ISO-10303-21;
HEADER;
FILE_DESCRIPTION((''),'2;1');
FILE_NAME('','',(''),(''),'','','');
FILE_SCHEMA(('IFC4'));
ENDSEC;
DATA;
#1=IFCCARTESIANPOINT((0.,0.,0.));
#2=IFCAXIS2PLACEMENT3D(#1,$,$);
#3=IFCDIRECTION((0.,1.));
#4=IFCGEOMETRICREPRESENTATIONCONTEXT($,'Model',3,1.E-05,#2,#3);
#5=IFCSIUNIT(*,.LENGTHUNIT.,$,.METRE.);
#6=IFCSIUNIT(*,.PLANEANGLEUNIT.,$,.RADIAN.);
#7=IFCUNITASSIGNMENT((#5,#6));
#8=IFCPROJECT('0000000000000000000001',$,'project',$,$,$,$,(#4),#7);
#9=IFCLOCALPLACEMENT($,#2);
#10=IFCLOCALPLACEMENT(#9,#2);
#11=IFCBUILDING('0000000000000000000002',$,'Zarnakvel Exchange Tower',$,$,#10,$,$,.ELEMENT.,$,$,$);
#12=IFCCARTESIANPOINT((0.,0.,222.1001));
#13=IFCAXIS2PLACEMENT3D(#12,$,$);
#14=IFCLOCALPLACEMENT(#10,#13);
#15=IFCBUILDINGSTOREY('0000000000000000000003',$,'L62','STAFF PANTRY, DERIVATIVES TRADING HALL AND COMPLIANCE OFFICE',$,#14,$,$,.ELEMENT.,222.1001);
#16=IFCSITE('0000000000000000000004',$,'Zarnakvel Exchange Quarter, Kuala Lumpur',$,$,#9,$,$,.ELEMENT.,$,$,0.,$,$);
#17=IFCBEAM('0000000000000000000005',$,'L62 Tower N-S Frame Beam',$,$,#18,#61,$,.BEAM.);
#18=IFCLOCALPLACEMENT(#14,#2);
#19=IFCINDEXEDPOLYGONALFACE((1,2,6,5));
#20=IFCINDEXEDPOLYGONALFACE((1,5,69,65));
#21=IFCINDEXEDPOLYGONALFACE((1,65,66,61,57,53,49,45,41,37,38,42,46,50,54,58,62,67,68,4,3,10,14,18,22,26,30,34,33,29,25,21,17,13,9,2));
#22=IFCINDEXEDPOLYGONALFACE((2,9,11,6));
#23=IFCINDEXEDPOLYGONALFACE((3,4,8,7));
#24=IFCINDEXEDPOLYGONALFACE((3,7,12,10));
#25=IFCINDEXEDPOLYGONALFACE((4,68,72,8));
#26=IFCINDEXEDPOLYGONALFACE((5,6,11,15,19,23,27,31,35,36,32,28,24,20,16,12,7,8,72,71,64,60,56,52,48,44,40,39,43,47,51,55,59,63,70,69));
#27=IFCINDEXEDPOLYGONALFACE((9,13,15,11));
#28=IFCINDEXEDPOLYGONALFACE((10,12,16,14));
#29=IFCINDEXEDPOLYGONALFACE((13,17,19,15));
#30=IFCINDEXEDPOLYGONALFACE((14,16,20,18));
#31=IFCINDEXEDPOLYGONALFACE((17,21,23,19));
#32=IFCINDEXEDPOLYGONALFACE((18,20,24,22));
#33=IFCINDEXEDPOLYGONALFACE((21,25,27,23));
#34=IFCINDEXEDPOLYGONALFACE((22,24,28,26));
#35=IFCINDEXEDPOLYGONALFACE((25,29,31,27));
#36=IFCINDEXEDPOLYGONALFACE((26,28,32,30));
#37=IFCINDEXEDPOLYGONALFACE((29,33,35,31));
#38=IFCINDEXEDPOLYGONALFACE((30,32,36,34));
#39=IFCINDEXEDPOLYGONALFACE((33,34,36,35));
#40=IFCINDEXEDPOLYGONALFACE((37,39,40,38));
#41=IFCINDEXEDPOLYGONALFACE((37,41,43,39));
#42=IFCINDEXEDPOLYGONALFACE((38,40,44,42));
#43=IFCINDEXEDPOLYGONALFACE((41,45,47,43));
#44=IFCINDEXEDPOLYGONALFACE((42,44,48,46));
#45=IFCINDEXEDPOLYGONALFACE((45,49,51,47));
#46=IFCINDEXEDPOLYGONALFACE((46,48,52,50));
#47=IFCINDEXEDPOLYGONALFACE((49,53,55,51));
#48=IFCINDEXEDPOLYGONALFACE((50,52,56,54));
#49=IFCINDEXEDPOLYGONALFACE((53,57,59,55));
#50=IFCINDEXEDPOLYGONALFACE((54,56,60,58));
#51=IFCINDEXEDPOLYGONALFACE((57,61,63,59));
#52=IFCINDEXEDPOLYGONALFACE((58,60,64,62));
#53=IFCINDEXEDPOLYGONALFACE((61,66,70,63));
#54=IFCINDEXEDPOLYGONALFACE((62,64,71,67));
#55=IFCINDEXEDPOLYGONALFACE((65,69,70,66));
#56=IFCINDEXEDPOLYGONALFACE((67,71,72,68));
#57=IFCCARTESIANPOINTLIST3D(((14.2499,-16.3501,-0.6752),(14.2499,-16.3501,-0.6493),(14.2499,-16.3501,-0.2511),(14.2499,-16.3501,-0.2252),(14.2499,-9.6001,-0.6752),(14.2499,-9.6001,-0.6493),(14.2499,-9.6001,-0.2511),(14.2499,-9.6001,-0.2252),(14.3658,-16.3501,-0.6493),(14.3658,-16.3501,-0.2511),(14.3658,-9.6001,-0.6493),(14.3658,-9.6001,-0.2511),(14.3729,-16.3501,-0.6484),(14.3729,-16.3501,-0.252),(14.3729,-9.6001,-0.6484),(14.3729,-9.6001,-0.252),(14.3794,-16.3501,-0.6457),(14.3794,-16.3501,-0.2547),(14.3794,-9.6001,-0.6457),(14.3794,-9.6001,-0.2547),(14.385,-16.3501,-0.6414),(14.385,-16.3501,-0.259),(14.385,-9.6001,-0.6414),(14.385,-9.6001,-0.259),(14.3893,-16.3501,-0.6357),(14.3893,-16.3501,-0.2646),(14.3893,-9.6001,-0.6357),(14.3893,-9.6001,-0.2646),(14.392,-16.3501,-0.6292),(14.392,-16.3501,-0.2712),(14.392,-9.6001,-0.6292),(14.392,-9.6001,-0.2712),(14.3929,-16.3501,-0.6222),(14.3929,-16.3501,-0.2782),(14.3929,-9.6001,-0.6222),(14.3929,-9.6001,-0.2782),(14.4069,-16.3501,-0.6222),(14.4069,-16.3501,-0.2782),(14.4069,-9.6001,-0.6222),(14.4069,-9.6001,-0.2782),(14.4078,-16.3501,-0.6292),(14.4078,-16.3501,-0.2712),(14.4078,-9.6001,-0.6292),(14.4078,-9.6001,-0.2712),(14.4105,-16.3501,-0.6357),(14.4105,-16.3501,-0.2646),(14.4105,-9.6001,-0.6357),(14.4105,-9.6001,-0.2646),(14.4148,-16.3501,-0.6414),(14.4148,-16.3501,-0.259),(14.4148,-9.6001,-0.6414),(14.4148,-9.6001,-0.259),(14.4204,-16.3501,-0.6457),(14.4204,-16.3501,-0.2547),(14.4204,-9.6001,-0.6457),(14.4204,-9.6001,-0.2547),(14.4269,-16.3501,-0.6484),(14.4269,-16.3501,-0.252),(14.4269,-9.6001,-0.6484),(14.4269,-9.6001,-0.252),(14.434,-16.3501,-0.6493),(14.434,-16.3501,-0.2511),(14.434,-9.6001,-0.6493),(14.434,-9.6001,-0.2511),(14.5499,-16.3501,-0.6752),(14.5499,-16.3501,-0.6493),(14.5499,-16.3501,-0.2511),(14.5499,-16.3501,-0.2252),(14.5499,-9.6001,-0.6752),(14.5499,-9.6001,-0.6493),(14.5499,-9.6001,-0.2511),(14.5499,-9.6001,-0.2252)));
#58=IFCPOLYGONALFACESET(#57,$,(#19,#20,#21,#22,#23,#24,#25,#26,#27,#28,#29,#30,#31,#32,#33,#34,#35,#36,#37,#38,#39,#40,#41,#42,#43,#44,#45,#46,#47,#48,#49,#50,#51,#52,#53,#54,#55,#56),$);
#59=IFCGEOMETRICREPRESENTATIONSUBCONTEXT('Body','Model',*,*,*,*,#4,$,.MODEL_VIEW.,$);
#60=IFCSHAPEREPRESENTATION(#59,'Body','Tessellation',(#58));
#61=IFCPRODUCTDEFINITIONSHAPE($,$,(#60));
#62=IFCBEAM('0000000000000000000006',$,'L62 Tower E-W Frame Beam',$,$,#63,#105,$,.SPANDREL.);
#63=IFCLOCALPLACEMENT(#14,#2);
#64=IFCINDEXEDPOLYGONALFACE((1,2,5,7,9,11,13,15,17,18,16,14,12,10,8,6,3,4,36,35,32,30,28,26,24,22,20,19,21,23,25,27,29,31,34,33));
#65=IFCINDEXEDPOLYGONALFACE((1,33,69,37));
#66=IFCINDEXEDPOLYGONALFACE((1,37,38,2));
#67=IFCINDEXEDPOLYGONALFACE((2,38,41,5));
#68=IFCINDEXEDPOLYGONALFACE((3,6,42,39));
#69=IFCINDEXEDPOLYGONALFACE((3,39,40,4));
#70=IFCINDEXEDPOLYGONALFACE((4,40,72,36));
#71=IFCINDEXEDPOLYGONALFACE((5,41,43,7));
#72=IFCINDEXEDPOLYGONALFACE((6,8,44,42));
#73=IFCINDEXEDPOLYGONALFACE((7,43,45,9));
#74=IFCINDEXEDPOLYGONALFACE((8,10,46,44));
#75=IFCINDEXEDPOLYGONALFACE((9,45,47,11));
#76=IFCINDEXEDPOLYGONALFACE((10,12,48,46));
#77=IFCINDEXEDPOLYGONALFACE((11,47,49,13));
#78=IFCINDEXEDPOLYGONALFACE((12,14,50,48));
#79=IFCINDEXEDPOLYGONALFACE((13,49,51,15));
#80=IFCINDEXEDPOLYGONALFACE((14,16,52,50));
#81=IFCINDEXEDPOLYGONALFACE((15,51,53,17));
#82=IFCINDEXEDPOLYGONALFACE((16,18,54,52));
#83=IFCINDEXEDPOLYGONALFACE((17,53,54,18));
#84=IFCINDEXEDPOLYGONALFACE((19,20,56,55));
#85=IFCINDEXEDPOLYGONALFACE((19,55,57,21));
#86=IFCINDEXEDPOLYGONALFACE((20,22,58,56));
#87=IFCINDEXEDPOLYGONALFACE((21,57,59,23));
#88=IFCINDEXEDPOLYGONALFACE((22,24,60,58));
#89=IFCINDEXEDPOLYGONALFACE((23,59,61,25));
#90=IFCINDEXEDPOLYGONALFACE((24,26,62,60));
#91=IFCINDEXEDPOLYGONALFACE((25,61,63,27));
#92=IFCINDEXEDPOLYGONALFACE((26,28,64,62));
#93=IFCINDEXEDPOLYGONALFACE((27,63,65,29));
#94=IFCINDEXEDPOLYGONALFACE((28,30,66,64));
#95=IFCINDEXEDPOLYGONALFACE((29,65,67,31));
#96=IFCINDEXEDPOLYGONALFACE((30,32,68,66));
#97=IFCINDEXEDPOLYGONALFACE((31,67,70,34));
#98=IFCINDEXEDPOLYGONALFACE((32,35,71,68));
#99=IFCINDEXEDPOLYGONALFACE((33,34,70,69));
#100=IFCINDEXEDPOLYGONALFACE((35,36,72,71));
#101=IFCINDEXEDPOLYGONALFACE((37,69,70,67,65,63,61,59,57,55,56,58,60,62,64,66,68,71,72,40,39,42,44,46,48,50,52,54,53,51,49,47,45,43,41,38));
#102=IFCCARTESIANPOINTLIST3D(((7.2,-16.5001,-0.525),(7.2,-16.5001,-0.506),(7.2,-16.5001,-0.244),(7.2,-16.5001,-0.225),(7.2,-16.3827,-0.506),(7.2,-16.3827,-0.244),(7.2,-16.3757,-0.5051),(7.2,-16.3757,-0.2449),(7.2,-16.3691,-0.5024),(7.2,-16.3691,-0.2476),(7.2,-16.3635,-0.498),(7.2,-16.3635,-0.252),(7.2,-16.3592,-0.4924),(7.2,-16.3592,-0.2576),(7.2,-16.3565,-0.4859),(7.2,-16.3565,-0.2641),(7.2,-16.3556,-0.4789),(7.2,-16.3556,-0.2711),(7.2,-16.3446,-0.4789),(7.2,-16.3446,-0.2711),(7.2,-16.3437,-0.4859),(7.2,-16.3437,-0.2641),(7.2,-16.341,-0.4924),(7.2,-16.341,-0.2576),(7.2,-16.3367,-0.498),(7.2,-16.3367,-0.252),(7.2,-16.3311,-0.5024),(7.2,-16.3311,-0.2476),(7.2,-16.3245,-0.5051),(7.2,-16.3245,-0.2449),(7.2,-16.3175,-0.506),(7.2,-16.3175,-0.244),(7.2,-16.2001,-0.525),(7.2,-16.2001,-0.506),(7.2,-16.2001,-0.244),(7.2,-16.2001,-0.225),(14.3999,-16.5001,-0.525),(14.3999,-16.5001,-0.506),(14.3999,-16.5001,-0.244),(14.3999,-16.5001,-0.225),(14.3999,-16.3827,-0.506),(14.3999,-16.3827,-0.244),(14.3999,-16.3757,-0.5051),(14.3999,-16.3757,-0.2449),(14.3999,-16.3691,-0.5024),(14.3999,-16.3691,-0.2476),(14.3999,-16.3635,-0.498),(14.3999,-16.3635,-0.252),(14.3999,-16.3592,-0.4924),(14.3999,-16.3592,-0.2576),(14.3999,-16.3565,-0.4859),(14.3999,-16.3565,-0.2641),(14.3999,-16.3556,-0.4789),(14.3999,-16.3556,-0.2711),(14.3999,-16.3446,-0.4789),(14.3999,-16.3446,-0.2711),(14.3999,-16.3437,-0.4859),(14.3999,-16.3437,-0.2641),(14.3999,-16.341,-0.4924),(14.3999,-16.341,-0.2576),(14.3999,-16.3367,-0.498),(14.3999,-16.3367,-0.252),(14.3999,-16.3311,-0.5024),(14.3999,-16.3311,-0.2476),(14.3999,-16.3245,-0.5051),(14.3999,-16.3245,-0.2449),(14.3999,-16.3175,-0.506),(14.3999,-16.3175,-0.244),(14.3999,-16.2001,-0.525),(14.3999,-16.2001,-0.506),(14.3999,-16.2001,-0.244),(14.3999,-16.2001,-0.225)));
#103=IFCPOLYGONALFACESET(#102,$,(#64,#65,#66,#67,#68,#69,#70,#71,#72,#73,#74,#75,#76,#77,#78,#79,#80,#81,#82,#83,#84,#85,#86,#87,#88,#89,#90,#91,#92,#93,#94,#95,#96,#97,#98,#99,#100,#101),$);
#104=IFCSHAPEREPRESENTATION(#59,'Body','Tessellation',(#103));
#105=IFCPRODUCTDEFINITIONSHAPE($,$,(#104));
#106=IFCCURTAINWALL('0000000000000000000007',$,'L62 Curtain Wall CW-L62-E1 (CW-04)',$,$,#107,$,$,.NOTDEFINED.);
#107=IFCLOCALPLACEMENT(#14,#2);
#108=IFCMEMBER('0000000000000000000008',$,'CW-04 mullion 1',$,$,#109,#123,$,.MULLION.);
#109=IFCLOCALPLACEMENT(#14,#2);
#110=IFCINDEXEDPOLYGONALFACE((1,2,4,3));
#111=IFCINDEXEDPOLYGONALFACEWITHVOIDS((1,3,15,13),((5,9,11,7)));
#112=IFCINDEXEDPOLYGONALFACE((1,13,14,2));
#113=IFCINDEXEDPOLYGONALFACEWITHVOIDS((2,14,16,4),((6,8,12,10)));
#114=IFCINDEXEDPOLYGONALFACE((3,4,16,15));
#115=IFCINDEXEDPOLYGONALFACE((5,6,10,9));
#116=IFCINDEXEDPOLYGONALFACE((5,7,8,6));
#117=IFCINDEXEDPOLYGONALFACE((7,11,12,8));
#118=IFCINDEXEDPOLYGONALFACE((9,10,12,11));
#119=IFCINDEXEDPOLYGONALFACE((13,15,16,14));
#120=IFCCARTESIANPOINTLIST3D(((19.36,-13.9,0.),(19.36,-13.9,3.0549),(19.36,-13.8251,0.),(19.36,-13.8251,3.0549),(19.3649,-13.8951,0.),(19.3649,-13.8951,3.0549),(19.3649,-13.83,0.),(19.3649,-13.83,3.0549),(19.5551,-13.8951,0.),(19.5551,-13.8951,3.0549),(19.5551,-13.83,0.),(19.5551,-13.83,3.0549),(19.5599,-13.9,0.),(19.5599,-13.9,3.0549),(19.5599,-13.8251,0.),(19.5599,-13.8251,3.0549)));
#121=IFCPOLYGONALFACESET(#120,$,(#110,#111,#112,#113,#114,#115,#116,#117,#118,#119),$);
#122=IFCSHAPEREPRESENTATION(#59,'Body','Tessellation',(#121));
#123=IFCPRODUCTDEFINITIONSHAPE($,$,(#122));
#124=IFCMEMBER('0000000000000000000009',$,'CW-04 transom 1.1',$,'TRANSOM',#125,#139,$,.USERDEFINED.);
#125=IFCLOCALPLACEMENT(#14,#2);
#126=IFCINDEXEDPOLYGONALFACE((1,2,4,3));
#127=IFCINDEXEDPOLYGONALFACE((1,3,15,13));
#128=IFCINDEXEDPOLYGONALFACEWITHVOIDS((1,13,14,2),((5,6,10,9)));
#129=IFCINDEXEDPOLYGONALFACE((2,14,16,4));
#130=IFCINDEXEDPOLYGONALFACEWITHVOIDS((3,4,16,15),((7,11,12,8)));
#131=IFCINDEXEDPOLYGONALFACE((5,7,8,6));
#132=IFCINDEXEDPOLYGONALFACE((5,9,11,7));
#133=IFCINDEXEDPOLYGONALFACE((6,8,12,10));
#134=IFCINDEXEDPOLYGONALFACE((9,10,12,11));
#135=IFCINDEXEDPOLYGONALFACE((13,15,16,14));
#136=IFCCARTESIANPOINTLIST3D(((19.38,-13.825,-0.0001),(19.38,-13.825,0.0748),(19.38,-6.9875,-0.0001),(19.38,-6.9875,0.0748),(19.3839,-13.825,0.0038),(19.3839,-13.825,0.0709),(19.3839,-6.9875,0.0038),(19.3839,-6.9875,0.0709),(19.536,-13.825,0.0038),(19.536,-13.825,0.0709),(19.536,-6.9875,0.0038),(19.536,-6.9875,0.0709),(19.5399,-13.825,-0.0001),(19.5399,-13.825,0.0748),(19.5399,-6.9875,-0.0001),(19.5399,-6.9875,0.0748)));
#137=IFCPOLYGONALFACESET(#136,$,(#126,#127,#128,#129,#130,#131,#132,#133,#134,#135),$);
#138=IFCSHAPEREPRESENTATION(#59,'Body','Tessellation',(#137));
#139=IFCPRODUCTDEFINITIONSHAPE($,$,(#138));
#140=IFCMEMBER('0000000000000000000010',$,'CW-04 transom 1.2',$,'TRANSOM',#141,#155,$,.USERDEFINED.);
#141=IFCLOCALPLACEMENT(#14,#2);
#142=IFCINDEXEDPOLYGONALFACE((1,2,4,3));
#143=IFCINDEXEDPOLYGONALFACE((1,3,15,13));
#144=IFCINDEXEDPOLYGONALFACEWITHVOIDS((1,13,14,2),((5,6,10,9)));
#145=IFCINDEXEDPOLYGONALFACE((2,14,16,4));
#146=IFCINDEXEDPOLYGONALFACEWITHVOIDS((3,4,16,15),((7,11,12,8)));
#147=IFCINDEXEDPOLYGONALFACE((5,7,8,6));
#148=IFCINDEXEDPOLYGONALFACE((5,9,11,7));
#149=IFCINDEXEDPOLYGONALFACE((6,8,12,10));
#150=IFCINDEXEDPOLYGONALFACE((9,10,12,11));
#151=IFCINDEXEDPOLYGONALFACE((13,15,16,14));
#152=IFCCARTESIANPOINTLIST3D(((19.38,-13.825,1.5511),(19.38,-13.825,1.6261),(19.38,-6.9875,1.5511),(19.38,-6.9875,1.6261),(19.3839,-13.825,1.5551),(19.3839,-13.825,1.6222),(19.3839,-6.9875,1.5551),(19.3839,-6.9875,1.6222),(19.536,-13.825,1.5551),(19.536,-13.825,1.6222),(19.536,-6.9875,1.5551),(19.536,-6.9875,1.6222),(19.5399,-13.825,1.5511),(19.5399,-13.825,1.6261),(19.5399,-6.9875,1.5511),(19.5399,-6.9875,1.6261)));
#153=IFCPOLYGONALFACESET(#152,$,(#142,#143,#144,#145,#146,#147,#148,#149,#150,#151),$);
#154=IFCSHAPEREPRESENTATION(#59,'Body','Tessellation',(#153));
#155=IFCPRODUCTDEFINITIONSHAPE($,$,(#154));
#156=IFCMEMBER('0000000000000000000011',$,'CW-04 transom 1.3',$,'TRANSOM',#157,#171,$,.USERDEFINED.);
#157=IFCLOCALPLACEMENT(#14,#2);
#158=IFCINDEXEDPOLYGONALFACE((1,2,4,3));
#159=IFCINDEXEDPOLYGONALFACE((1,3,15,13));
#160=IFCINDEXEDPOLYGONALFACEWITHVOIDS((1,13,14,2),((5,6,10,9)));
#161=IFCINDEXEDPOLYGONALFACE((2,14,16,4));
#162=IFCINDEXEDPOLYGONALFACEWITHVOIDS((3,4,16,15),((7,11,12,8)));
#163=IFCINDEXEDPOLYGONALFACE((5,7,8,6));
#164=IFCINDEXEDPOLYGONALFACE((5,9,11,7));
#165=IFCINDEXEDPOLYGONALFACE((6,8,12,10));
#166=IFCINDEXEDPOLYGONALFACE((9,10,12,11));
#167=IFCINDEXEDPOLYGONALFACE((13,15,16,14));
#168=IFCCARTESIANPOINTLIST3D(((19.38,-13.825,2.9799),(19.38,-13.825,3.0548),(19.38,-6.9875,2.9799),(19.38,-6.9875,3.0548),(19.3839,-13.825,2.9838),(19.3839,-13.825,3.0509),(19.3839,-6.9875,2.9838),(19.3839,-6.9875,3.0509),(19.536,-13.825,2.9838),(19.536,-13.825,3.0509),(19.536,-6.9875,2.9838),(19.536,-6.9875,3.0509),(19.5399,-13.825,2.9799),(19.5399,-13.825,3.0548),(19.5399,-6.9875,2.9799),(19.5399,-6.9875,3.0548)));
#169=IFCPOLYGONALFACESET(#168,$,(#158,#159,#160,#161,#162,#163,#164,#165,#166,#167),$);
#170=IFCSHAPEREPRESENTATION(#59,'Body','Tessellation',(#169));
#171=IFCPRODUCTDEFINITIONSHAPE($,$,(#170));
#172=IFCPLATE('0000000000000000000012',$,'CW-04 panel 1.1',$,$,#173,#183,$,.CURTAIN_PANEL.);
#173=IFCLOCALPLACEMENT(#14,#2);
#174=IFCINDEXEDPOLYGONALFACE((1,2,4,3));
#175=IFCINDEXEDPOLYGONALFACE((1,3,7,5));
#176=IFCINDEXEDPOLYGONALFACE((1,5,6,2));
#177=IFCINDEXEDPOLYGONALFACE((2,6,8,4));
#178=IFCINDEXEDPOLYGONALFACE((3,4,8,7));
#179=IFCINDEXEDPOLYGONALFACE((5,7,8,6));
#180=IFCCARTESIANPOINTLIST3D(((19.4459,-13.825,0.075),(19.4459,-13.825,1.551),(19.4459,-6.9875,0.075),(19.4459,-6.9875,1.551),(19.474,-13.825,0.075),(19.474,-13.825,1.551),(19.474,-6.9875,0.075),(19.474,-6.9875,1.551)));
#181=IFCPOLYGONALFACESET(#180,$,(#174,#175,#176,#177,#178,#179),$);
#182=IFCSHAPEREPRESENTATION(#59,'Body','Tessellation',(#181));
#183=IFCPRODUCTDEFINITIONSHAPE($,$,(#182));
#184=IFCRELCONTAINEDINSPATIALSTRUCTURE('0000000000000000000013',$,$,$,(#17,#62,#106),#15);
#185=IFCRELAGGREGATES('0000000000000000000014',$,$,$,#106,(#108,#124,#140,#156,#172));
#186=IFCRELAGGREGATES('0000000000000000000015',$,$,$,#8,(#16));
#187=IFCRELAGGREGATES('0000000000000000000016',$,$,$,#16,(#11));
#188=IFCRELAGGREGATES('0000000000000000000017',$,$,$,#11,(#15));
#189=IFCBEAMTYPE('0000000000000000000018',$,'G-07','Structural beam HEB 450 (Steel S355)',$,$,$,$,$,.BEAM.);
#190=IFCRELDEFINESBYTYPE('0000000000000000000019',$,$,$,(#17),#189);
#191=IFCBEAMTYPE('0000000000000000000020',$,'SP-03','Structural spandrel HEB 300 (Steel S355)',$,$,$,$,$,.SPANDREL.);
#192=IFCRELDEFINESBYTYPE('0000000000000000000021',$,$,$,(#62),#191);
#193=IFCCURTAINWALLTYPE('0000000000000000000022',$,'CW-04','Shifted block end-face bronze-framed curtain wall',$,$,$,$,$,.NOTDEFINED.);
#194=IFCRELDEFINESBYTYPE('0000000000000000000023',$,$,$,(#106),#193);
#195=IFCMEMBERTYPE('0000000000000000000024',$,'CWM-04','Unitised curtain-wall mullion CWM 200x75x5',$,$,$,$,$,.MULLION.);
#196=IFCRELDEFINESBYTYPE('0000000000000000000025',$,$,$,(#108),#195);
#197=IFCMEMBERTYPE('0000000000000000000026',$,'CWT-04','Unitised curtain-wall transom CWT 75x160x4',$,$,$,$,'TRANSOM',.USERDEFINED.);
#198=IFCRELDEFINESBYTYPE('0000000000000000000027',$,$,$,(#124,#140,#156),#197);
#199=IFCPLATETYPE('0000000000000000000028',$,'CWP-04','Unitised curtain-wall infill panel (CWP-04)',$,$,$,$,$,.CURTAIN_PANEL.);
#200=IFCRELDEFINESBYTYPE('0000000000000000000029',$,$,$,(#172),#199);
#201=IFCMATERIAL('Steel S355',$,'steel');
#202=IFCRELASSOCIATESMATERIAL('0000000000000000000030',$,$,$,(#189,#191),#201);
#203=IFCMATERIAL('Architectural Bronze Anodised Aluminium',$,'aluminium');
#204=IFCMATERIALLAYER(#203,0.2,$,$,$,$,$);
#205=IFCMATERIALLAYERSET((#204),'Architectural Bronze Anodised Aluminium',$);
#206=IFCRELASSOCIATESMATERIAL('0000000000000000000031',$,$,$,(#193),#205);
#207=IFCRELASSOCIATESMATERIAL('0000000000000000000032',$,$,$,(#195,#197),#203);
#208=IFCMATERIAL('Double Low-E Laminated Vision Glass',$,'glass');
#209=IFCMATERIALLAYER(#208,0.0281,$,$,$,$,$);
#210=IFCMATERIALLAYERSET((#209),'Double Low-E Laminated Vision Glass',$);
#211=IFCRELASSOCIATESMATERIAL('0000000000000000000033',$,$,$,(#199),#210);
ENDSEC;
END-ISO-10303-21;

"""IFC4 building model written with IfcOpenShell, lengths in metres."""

from ifc_helpers import new_model, si_unit, direction, frame, origin, origin_2d, place, context, subcontext, project, spatial, rectangle, hollow_rectangle, i_section, extrude, source, transform, mapped, material, layer, layer_set, material_profile, profile_set, type_object, element, aggregate, save


model = new_model("IFC4")

# Units and contexts
model_context = context("Model", 3, precision=1e-05, world=origin(), true_north=direction((0.0, 1.0)))
body_context = subcontext(model_context, "Body", "Model", "MODEL_VIEW")
ifc_project = project(units=[si_unit("LENGTHUNIT", "METRE"), si_unit("PLANEANGLEUNIT", "RADIAN")], contexts=[model_context])

# Site, building, storey
site_placement = place(None, origin())
site = spatial("IfcSite", under=ifc_project, at=site_placement, Name="Zarnakvel Exchange Quarter, Kuala Lumpur", CompositionType="ELEMENT", RefElevation=0.0)
building_placement = place(site_placement, origin())
building = spatial("IfcBuilding", under=site, at=building_placement, Name="Zarnakvel Exchange Tower", CompositionType="ELEMENT")
storey_placement = place(building_placement, frame((0.0, 0.0, 222.1001)))
storey = spatial("IfcBuildingStorey", under=building, at=storey_placement, Name="L62", Description="STAFF PANTRY, DERIVATIVES TRADING HALL AND COMPLIANCE OFFICE", CompositionType="ELEMENT", Elevation=222.1001)

# Beams
ifc_material_1 = material(Name="Steel S355", Category="steel")
ifc_material_profile_1 = material_profile(ifc_material_1, i_section(OverallWidth=0.3, OverallDepth=0.45, WebThickness=0.0139, FlangeThickness=0.0259, FilletRadius=0.0271, at=origin_2d()))
ifc_profile_set_1 = profile_set([ifc_material_profile_1], Name="Steel S355")
beam_type_1 = type_object("IfcBeamType", Name="G-07", Description="Structural beam HEB 450 (Steel S355)", PredefinedType="BEAM", material=ifc_profile_set_1)
for number, where, z_axis, x_axis, name in (
    (1, (14.3999, -16.3501, -0.4502), (0.0, 1.0, 0.0), (-1.0, 0.0, 0.0), "L62 Tower N-S Frame Beam"),
):
    element("IfcBeam", number, at=place(storey_placement, frame(where, z_axis=z_axis, x_axis=x_axis)), inside=storey, type_object=beam_type_1, Name=name, PredefinedType="BEAM", context=body_context, shape_type="SweptSolid", body=[
        extrude(i_section(OverallWidth=0.3, OverallDepth=0.45, WebThickness=0.0139, FlangeThickness=0.0259, FilletRadius=0.0271, at=origin_2d()), origin(), (0.0, 0.0, 1.0), 6.75),
    ])
ifc_material_profile_2 = material_profile(ifc_material_1, i_section(OverallWidth=0.3, OverallDepth=0.3, WebThickness=0.011, FlangeThickness=0.019, FilletRadius=0.0271, at=origin_2d()))
ifc_profile_set_2 = profile_set([ifc_material_profile_2], Name="Steel S355")
beam_type_2 = type_object("IfcBeamType", Name="SP-03", Description="Structural spandrel HEB 300 (Steel S355)", PredefinedType="SPANDREL", material=ifc_profile_set_2)
beam_1_placement = place(storey_placement, frame((7.2, -16.3501, -0.375), z_axis=(1.0, 0.0, 0.0), x_axis=(0.0, 1.0, 0.0)))
element("IfcBeam", 2, at=beam_1_placement, inside=storey, type_object=beam_type_2, Name="L62 Tower E-W Frame Beam", PredefinedType="SPANDREL", context=body_context, shape_type="SweptSolid", body=[
    extrude(i_section(OverallWidth=0.3, OverallDepth=0.3, WebThickness=0.011, FlangeThickness=0.019, FilletRadius=0.0271, at=origin_2d()), origin(), (0.0, 0.0, 1.0), 7.2),
])

# Curtain wall, members, plate
ifc_material_2 = material(Name="Architectural Bronze Anodised Aluminium", Category="aluminium")
ifc_layer_1 = layer(ifc_material_2, 0.2)
ifc_layer_set_1 = layer_set([ifc_layer_1], Name="Architectural Bronze Anodised Aluminium")
curtain_wall_type = type_object("IfcCurtainWallType", Name="CW-04", Description="Shifted block end-face bronze-framed curtain wall", PredefinedType="NOTDEFINED", material=ifc_layer_set_1)
curtain_wall_placement = place(storey_placement, origin())
curtain_wall = element("IfcCurtainWall", 3, at=curtain_wall_placement, inside=storey, type_object=curtain_wall_type, Name="L62 Curtain Wall CW-L62-E1 (CW-04)", PredefinedType="NOTDEFINED")
ifc_material_profile_3 = material_profile(ifc_material_2, hollow_rectangle(XDim=0.2, YDim=0.075, WallThickness=0.0049, at=origin_2d()))
ifc_profile_set_3 = profile_set([ifc_material_profile_3], Name="Architectural Bronze Anodised Aluminium")
member_type_1 = type_object("IfcMemberType", Name="CWM-04", Description="Unitised curtain-wall mullion CWM 200x75x5", PredefinedType="MULLION", material=ifc_profile_set_3)
shared_shape_1 = source(origin(), body_context, "Body", "SweptSolid", [
    extrude(hollow_rectangle(XDim=0.2, YDim=0.075, WallThickness=0.0049, at=origin_2d()), origin(), (0.0, 0.0, 1.0), 3.0549),
])
member_1_placement = place(storey_placement, frame((19.46, -13.8625, 0.0), z_axis=(0.0, 0.0, 1.0), x_axis=(-1.0, 0.0, 0.0)))
member_1 = element("IfcMember", 4, at=member_1_placement, type_object=member_type_1, Name="CW-04 mullion 1", PredefinedType="MULLION", context=body_context, shape_type="MappedRepresentation", body=[
    mapped(shared_shape_1, transform((0.0, 0.0, 0.0), x_axis=(1.0, 0.0, 0.0), y_axis=(0.0, 1.0, 0.0), z_axis=(0.0, 0.0, 1.0), scale=1.0)),
])
ifc_material_profile_4 = material_profile(ifc_material_2, hollow_rectangle(XDim=0.1599, YDim=0.075, WallThickness=0.0039, at=origin_2d()))
ifc_profile_set_4 = profile_set([ifc_material_profile_4], Name="Architectural Bronze Anodised Aluminium")
member_type_2 = type_object("IfcMemberType", Name="CWT-04", Description="Unitised curtain-wall transom CWT 75x160x4", ElementType="TRANSOM", PredefinedType="USERDEFINED", material=ifc_profile_set_4)
shared_shape_2 = source(origin(), body_context, "Body", "SweptSolid", [
    extrude(hollow_rectangle(XDim=0.1599, YDim=0.075, WallThickness=0.0039, at=origin_2d()), origin(), (0.0, 0.0, 1.0), 6.8374),
])
member_2_placement = place(storey_placement, frame((19.46, -13.825, 0.0374), z_axis=(0.0, 1.0, 0.0), x_axis=(-1.0, 0.0, 0.0)))
member_2 = element("IfcMember", 5, at=member_2_placement, type_object=member_type_2, Name="CW-04 transom 1.1", ObjectType="TRANSOM", PredefinedType="USERDEFINED", context=body_context, shape_type="MappedRepresentation", body=[
    mapped(shared_shape_2, transform((0.0, 0.0, 0.0), x_axis=(1.0, 0.0, 0.0), y_axis=(0.0, 1.0, 0.0), z_axis=(0.0, 0.0, 1.0), scale=1.0)),
])
member_3_placement = place(storey_placement, frame((19.46, -13.825, 1.5886), z_axis=(0.0, 1.0, 0.0), x_axis=(-1.0, 0.0, 0.0)))
member_3 = element("IfcMember", 6, at=member_3_placement, type_object=member_type_2, Name="CW-04 transom 1.2", ObjectType="TRANSOM", PredefinedType="USERDEFINED", context=body_context, shape_type="MappedRepresentation", body=[
    mapped(shared_shape_2, transform((0.0, 0.0, 0.0), x_axis=(1.0, 0.0, 0.0), y_axis=(0.0, 1.0, 0.0), z_axis=(0.0, 0.0, 1.0), scale=1.0)),
])
member_4_placement = place(storey_placement, frame((19.46, -13.825, 3.0173), z_axis=(0.0, 1.0, 0.0), x_axis=(-1.0, 0.0, 0.0)))
member_4 = element("IfcMember", 7, at=member_4_placement, type_object=member_type_2, Name="CW-04 transom 1.3", ObjectType="TRANSOM", PredefinedType="USERDEFINED", context=body_context, shape_type="MappedRepresentation", body=[
    mapped(shared_shape_2, transform((0.0, 0.0, 0.0), x_axis=(1.0, 0.0, 0.0), y_axis=(0.0, 1.0, 0.0), z_axis=(0.0, 0.0, 1.0), scale=1.0)),
])
ifc_material_3 = material(Name="Double Low-E Laminated Vision Glass", Category="glass")
ifc_layer_2 = layer(ifc_material_3, 0.0281)
ifc_layer_set_2 = layer_set([ifc_layer_2], Name="Double Low-E Laminated Vision Glass")
plate_type = type_object("IfcPlateType", Name="CWP-04", Description="Unitised curtain-wall infill panel (CWP-04)", PredefinedType="CURTAIN_PANEL", material=ifc_layer_set_2)
shared_shape_3 = source(origin(), body_context, "Body", "SweptSolid", [
    extrude(rectangle(XDim=6.8374, YDim=0.0281, at=origin_2d()), origin(), (0.0, 0.0, 1.0), 1.4761),
])
plate_1_placement = place(storey_placement, frame((19.46, -10.4062, 0.075), z_axis=(0.0, 0.0, 1.0), x_axis=(0.0, 1.0, 0.0)))
plate_1 = element("IfcPlate", 8, at=plate_1_placement, type_object=plate_type, Name="CW-04 panel 1.1", PredefinedType="CURTAIN_PANEL", context=body_context, shape_type="MappedRepresentation", body=[
    mapped(shared_shape_3, transform((0.0, 0.0, 0.0), x_axis=(1.0, 0.0, 0.0), y_axis=(0.0, 1.0, 0.0), z_axis=(0.0, 0.0, 1.0), scale=1.0)),
])
aggregate(curtain_wall, [member_1, member_2, member_3, member_4, plate_1])

save(model, "model.ifc")
